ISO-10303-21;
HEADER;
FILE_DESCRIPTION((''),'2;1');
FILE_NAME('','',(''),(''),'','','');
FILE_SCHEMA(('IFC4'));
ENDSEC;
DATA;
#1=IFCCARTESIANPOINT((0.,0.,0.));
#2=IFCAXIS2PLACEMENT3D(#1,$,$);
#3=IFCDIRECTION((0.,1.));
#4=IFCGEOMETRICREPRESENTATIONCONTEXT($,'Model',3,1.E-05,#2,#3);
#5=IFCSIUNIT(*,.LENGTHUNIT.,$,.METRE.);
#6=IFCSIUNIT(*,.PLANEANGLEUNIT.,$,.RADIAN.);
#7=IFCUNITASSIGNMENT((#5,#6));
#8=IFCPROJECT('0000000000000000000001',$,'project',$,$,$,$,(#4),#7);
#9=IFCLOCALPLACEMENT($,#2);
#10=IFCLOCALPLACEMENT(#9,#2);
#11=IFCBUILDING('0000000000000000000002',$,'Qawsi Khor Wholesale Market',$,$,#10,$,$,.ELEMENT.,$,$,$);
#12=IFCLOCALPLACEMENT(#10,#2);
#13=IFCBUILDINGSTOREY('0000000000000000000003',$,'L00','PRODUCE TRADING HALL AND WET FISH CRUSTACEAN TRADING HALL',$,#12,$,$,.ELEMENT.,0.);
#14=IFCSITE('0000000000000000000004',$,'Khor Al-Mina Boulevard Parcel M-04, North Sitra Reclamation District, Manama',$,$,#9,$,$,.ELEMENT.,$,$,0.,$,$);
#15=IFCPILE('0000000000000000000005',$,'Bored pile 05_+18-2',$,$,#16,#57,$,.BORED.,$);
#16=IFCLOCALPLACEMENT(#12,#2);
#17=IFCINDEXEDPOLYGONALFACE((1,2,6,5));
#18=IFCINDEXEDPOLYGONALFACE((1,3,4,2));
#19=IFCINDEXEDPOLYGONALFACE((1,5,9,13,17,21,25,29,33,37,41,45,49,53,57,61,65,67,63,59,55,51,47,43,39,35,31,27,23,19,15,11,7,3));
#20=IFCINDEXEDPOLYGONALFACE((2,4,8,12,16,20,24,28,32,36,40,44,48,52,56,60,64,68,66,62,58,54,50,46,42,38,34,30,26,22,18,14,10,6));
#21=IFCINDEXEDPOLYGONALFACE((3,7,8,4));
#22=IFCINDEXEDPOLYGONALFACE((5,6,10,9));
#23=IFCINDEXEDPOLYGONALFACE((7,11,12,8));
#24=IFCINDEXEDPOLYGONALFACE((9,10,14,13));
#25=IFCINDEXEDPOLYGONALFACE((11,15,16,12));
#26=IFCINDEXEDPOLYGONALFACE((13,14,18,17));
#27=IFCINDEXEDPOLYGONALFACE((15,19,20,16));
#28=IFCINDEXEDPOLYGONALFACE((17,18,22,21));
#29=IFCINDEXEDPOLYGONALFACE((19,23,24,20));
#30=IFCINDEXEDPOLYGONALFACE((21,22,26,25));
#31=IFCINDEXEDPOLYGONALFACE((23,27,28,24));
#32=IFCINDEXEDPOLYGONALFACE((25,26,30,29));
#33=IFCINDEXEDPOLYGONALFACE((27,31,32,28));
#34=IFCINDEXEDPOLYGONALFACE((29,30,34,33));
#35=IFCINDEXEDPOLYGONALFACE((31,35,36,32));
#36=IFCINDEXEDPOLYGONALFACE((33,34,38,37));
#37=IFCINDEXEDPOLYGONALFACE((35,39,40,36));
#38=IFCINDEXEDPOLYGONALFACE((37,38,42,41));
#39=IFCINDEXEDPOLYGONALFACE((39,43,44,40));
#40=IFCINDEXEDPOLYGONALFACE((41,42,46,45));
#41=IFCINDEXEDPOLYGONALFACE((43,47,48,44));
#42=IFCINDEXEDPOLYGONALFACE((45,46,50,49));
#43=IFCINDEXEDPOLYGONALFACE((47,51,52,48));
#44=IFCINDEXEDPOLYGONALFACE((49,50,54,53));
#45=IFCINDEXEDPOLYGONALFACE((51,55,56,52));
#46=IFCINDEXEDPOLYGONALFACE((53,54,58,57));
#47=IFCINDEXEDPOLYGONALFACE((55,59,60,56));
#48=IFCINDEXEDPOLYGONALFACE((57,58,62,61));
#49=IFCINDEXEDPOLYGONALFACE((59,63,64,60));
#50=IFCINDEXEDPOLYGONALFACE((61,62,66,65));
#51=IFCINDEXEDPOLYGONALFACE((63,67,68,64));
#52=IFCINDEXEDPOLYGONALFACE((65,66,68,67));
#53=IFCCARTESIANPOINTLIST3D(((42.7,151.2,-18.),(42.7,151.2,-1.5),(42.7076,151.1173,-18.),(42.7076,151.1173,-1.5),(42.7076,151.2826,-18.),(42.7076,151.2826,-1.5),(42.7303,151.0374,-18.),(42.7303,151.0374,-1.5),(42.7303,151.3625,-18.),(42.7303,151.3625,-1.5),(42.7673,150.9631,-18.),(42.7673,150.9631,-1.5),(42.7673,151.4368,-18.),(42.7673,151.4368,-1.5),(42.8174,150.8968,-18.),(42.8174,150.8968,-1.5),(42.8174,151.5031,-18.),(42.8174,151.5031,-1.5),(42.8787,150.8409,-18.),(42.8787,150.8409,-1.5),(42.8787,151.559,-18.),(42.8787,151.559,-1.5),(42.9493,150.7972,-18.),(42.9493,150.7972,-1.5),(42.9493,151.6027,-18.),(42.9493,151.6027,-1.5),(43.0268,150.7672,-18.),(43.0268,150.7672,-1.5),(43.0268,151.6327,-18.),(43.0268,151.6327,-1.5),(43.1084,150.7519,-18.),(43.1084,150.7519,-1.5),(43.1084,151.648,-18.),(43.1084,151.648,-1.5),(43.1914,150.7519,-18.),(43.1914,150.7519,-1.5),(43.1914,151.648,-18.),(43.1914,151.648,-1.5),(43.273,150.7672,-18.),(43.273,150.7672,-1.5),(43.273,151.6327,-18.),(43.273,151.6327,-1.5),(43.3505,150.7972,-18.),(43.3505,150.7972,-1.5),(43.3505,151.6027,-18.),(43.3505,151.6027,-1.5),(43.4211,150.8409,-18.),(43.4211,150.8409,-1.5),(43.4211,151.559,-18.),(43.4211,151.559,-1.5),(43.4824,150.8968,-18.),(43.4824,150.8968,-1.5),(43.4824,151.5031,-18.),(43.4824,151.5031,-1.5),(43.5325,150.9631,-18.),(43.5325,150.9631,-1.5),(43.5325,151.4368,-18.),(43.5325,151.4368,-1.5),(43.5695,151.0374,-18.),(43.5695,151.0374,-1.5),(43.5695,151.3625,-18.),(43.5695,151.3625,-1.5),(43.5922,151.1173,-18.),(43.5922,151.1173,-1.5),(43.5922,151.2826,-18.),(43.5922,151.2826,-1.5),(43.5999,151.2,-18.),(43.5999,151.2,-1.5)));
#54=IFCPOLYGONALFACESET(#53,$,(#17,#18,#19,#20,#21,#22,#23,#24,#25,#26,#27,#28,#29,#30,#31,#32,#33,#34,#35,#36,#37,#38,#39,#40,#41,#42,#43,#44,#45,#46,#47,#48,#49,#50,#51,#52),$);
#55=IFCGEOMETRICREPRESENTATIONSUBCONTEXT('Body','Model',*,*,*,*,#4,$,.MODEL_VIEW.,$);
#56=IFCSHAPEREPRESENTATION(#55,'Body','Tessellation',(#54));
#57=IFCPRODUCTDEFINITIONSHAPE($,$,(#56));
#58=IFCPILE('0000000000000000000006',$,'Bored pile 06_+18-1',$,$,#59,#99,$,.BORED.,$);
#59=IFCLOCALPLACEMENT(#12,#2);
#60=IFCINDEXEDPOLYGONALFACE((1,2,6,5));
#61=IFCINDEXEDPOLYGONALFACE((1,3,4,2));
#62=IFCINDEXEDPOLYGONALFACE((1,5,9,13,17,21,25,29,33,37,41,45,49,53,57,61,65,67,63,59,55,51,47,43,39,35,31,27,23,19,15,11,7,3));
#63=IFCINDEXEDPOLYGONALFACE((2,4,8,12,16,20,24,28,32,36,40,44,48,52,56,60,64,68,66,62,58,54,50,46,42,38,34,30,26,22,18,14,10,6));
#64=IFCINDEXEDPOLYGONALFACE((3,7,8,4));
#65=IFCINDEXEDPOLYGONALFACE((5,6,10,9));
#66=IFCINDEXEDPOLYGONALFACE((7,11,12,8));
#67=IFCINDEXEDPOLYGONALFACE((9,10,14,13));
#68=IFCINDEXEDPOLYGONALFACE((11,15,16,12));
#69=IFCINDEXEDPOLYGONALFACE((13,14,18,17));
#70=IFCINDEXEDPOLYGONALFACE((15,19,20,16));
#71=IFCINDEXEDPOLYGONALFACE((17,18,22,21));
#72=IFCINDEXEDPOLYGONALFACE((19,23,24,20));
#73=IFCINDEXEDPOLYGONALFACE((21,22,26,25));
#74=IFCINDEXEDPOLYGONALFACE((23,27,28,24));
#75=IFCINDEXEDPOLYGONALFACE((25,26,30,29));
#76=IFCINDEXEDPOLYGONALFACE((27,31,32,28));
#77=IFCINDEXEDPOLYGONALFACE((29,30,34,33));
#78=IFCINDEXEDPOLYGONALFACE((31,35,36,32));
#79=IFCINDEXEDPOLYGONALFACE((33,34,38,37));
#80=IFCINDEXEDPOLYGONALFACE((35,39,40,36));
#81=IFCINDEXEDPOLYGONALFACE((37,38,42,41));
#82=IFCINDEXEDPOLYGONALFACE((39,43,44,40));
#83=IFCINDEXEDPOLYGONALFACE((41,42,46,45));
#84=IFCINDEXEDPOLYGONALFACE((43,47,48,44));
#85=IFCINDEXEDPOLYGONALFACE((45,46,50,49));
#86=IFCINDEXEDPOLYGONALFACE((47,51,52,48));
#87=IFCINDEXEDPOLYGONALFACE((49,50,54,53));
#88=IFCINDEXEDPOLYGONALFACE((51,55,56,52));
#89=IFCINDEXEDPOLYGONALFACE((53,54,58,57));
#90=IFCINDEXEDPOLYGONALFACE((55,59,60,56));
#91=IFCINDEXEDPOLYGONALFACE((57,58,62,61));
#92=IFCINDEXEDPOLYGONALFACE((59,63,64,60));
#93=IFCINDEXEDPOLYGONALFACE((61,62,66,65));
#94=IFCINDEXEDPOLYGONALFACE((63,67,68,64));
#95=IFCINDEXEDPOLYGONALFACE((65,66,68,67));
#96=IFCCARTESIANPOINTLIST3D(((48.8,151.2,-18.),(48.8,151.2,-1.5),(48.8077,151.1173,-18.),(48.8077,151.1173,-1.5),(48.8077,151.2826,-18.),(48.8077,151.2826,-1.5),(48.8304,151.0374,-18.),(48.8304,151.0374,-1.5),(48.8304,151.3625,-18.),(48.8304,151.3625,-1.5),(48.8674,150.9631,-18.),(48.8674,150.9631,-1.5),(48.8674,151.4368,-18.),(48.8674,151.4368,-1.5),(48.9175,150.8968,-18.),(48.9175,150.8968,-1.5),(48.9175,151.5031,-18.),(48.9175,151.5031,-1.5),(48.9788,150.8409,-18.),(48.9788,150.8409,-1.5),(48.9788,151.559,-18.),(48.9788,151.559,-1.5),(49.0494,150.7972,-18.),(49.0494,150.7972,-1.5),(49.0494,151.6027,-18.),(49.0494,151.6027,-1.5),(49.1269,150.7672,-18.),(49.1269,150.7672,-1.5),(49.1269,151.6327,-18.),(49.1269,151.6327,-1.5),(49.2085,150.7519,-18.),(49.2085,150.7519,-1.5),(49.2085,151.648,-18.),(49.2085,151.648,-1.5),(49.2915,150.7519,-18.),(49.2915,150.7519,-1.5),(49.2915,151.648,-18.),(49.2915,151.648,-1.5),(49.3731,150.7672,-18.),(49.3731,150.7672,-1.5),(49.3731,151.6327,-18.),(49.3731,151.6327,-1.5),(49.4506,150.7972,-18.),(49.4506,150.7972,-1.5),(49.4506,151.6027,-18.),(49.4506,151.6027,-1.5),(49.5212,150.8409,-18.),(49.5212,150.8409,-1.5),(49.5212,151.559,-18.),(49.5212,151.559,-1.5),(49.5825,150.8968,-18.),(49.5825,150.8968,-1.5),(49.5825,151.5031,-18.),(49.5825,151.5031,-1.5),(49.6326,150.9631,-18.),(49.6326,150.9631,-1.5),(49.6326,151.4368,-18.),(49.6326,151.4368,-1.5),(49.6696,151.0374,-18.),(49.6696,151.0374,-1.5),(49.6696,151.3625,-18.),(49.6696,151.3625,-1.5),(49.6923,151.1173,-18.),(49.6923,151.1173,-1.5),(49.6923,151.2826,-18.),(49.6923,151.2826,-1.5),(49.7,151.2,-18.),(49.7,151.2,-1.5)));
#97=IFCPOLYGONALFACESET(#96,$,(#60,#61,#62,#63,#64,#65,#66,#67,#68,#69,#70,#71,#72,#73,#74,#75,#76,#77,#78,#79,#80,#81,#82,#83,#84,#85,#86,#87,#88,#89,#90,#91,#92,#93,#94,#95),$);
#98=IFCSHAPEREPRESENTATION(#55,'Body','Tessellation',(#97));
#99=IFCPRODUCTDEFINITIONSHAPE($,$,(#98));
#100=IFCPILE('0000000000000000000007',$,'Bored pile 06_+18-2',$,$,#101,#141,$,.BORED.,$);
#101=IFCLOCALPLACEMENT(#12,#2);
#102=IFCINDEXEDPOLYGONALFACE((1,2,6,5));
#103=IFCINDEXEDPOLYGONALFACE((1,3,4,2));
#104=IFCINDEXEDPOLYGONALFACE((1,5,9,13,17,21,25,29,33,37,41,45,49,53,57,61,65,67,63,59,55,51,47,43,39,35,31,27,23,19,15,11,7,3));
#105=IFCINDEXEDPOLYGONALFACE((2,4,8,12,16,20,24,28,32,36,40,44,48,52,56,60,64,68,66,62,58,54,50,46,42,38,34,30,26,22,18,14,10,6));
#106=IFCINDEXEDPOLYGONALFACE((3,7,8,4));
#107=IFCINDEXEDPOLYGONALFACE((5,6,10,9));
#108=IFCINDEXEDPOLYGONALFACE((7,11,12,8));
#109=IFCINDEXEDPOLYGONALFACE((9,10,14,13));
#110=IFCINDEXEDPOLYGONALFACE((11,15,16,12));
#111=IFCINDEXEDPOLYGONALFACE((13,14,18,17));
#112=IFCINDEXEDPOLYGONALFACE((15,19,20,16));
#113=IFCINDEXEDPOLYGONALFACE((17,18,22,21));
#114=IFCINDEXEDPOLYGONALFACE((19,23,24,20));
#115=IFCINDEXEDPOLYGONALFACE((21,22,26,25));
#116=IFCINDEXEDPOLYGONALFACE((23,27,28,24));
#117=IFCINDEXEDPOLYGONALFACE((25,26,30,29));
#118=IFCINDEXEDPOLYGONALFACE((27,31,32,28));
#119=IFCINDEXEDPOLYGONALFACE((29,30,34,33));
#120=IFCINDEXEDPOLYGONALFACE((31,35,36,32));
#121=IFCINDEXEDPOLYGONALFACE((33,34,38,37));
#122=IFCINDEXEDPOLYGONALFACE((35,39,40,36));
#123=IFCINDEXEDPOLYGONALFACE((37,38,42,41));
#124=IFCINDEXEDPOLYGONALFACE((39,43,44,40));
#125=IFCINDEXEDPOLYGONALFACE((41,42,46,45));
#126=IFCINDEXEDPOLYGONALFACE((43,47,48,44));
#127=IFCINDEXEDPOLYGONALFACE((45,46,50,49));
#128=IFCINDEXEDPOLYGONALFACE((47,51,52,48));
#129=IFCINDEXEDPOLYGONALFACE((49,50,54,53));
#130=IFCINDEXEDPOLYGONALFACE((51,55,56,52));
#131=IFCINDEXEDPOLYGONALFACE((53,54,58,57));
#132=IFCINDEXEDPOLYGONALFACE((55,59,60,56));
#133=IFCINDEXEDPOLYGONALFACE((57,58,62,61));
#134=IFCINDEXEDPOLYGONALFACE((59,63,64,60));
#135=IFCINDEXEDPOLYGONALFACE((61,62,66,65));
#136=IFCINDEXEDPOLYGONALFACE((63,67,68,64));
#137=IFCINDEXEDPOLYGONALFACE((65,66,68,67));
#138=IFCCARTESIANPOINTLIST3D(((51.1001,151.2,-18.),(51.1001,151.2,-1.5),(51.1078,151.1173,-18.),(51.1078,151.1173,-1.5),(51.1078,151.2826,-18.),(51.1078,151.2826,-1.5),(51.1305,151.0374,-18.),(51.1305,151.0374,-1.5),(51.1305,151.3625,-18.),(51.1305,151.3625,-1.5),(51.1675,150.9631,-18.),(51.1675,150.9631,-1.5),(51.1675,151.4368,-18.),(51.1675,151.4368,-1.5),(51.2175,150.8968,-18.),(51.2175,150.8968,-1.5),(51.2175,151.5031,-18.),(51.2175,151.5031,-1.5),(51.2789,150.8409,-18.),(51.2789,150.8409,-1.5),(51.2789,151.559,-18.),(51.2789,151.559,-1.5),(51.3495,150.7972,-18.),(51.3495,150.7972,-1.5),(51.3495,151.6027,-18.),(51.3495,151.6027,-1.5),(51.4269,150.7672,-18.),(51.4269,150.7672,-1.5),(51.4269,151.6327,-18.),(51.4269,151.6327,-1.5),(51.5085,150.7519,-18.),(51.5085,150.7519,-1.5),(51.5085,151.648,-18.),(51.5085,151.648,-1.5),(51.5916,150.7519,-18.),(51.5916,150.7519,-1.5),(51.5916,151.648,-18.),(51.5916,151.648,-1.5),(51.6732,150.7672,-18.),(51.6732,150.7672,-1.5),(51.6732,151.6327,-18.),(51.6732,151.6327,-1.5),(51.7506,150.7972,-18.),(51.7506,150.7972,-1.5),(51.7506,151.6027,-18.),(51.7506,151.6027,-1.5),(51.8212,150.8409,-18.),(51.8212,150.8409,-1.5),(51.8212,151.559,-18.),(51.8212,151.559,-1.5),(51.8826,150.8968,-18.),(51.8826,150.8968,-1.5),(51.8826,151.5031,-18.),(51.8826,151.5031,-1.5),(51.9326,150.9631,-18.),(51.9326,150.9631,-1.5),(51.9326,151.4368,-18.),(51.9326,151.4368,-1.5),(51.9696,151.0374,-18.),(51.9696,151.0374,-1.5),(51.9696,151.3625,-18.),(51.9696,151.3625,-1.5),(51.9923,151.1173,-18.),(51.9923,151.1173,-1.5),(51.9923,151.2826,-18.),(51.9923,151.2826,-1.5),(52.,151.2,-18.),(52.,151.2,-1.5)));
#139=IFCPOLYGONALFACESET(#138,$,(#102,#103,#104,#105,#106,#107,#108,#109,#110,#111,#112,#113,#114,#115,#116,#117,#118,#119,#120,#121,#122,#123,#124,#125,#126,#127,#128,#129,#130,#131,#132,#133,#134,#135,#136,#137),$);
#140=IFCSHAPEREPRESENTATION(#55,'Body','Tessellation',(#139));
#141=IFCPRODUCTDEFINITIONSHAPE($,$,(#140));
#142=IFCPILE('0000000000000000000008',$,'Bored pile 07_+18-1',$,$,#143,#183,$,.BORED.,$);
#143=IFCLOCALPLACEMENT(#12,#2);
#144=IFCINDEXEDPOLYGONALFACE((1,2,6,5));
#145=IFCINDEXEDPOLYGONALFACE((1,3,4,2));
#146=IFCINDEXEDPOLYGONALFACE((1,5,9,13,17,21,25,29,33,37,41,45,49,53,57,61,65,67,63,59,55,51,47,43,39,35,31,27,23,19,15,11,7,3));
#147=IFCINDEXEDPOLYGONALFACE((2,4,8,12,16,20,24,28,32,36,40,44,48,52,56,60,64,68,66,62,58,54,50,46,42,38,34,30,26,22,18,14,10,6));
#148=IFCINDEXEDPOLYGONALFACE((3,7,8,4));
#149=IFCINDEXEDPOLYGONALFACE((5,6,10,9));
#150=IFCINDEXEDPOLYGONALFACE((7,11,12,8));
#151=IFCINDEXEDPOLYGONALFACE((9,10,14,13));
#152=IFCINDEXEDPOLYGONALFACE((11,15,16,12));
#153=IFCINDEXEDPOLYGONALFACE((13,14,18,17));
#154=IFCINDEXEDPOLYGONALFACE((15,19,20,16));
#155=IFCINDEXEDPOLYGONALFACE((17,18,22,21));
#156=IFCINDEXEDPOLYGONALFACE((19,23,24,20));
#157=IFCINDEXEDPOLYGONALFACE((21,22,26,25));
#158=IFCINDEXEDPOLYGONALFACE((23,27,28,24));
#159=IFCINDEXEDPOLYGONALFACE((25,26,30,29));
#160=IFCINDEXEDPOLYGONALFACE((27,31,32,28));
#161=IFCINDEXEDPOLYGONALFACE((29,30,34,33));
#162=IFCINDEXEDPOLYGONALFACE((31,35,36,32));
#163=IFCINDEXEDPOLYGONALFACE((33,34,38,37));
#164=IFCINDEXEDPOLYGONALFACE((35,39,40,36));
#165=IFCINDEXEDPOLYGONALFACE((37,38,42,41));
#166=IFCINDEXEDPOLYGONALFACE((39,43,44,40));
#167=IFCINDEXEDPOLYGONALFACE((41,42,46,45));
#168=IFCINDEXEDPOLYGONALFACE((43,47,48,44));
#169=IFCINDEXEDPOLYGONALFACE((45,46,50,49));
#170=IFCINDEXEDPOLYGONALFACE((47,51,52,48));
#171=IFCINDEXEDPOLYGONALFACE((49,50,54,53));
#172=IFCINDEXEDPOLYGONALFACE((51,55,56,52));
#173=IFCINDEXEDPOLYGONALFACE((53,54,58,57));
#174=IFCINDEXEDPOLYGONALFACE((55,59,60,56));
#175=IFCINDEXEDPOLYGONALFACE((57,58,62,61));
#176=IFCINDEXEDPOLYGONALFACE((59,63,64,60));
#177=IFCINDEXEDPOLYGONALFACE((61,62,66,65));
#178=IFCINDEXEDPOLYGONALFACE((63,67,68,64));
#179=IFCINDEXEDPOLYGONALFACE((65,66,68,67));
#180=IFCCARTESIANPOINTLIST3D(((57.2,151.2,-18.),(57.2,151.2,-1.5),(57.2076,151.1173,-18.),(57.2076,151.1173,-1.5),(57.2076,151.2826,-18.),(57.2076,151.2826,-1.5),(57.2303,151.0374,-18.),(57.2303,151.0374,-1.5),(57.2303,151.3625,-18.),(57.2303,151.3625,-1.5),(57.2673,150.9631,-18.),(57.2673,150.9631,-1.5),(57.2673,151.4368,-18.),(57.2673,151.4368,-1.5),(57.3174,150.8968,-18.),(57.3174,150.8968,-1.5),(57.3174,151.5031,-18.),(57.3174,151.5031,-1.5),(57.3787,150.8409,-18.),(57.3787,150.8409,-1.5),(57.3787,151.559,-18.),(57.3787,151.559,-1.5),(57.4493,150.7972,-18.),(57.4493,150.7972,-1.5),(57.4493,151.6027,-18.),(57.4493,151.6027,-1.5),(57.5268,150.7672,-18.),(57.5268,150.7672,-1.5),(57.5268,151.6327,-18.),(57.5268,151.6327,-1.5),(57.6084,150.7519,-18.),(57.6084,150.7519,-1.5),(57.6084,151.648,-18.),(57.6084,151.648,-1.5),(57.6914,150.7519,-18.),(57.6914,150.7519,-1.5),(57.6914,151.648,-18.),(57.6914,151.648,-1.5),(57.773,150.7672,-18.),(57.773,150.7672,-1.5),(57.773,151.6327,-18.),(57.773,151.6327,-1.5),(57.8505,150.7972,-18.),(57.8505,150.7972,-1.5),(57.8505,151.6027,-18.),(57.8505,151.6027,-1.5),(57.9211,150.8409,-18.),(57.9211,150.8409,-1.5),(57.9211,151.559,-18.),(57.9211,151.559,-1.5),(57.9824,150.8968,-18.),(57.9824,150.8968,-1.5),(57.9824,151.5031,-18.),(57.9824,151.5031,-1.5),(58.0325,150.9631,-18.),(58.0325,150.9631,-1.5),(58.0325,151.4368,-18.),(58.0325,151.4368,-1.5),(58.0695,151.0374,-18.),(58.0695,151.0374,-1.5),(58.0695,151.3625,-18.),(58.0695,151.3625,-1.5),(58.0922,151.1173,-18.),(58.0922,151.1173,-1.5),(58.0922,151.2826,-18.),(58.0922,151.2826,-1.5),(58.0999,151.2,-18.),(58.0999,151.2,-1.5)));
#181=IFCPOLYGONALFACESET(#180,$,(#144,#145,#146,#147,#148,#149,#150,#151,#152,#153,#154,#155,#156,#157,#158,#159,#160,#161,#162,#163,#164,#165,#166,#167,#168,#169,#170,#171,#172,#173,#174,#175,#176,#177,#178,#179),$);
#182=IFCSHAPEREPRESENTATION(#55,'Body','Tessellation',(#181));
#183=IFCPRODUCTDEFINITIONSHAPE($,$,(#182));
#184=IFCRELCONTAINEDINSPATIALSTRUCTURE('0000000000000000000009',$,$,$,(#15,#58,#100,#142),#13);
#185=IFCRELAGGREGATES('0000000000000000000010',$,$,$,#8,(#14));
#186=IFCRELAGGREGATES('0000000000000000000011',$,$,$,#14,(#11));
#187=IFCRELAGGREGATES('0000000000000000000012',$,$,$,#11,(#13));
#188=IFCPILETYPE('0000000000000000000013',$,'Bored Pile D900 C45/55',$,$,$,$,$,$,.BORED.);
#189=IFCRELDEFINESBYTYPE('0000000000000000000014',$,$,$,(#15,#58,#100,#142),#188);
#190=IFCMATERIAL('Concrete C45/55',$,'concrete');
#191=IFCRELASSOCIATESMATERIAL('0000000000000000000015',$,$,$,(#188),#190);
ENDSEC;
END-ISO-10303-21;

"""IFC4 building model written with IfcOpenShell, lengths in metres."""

from ifc_helpers import new_model, si_unit, direction, frame, origin, origin_2d, place, context, subcontext, project, spatial, circle, extrude, material, material_profile, profile_set, type_object, element, save


model = new_model("IFC4")

# Units and contexts
model_context = context("Model", 3, precision=1e-05, world=origin(), true_north=direction((0.0, 1.0)))
body_context = subcontext(model_context, "Body", "Model", "MODEL_VIEW")
ifc_project = project(units=[si_unit("LENGTHUNIT", "METRE"), si_unit("PLANEANGLEUNIT", "RADIAN")], contexts=[model_context])

# Site, building, storey
site_placement = place(None, origin())
site = spatial("IfcSite", under=ifc_project, at=site_placement, Name="Khor Al-Mina Boulevard Parcel M-04, North Sitra Reclamation District, Manama", CompositionType="ELEMENT", RefElevation=0.0)
building_placement = place(site_placement, origin())
building = spatial("IfcBuilding", under=site, at=building_placement, Name="Qawsi Khor Wholesale Market", CompositionType="ELEMENT")
storey_placement = place(building_placement, origin())
storey = spatial("IfcBuildingStorey", under=building, at=storey_placement, Name="L00", Description="PRODUCE TRADING HALL AND WET FISH CRUSTACEAN TRADING HALL", CompositionType="ELEMENT", Elevation=0.0)

# Piles
ifc_material_1 = material(Name="Concrete C45/55", Category="concrete")
ifc_material_profile_1 = material_profile(ifc_material_1, circle(Radius=0.45, at=origin_2d()), Name="PILE D900")
ifc_profile_set_1 = profile_set([ifc_material_profile_1], Name="Concrete C45/55")
pile_type = type_object("IfcPileType", Name="Bored Pile D900 C45/55", PredefinedType="BORED", material=ifc_profile_set_1)
for number, where, z_axis, x_axis, name in (
    (1, (43.1499, 151.2, -1.5), (0.0, 0.0, -1.0), (1.0, 0.0, 0.0), "Bored pile 05_+18-2"),
    (2, (49.25, 151.2, -1.5), (0.0, 0.0, -1.0), (1.0, 0.0, 0.0), "Bored pile 06_+18-1"),
    (3, (51.55, 151.2, -1.5), (0.0, 0.0, -1.0), (1.0, 0.0, 0.0), "Bored pile 06_+18-2"),
    (4, (57.6499, 151.2, -1.5), (0.0, 0.0, -1.0), (1.0, 0.0, 0.0), "Bored pile 07_+18-1"),
):
    element("IfcPile", number, at=place(storey_placement, frame(where, z_axis=z_axis, x_axis=x_axis)), inside=storey, type_object=pile_type, Name=name, PredefinedType="BORED", context=body_context, shape_type="SweptSolid", body=[
        extrude(circle(Radius=0.45, at=origin_2d()), origin(), (0.0, 0.0, 1.0), 16.5),
    ])

save(model, "model.ifc")
